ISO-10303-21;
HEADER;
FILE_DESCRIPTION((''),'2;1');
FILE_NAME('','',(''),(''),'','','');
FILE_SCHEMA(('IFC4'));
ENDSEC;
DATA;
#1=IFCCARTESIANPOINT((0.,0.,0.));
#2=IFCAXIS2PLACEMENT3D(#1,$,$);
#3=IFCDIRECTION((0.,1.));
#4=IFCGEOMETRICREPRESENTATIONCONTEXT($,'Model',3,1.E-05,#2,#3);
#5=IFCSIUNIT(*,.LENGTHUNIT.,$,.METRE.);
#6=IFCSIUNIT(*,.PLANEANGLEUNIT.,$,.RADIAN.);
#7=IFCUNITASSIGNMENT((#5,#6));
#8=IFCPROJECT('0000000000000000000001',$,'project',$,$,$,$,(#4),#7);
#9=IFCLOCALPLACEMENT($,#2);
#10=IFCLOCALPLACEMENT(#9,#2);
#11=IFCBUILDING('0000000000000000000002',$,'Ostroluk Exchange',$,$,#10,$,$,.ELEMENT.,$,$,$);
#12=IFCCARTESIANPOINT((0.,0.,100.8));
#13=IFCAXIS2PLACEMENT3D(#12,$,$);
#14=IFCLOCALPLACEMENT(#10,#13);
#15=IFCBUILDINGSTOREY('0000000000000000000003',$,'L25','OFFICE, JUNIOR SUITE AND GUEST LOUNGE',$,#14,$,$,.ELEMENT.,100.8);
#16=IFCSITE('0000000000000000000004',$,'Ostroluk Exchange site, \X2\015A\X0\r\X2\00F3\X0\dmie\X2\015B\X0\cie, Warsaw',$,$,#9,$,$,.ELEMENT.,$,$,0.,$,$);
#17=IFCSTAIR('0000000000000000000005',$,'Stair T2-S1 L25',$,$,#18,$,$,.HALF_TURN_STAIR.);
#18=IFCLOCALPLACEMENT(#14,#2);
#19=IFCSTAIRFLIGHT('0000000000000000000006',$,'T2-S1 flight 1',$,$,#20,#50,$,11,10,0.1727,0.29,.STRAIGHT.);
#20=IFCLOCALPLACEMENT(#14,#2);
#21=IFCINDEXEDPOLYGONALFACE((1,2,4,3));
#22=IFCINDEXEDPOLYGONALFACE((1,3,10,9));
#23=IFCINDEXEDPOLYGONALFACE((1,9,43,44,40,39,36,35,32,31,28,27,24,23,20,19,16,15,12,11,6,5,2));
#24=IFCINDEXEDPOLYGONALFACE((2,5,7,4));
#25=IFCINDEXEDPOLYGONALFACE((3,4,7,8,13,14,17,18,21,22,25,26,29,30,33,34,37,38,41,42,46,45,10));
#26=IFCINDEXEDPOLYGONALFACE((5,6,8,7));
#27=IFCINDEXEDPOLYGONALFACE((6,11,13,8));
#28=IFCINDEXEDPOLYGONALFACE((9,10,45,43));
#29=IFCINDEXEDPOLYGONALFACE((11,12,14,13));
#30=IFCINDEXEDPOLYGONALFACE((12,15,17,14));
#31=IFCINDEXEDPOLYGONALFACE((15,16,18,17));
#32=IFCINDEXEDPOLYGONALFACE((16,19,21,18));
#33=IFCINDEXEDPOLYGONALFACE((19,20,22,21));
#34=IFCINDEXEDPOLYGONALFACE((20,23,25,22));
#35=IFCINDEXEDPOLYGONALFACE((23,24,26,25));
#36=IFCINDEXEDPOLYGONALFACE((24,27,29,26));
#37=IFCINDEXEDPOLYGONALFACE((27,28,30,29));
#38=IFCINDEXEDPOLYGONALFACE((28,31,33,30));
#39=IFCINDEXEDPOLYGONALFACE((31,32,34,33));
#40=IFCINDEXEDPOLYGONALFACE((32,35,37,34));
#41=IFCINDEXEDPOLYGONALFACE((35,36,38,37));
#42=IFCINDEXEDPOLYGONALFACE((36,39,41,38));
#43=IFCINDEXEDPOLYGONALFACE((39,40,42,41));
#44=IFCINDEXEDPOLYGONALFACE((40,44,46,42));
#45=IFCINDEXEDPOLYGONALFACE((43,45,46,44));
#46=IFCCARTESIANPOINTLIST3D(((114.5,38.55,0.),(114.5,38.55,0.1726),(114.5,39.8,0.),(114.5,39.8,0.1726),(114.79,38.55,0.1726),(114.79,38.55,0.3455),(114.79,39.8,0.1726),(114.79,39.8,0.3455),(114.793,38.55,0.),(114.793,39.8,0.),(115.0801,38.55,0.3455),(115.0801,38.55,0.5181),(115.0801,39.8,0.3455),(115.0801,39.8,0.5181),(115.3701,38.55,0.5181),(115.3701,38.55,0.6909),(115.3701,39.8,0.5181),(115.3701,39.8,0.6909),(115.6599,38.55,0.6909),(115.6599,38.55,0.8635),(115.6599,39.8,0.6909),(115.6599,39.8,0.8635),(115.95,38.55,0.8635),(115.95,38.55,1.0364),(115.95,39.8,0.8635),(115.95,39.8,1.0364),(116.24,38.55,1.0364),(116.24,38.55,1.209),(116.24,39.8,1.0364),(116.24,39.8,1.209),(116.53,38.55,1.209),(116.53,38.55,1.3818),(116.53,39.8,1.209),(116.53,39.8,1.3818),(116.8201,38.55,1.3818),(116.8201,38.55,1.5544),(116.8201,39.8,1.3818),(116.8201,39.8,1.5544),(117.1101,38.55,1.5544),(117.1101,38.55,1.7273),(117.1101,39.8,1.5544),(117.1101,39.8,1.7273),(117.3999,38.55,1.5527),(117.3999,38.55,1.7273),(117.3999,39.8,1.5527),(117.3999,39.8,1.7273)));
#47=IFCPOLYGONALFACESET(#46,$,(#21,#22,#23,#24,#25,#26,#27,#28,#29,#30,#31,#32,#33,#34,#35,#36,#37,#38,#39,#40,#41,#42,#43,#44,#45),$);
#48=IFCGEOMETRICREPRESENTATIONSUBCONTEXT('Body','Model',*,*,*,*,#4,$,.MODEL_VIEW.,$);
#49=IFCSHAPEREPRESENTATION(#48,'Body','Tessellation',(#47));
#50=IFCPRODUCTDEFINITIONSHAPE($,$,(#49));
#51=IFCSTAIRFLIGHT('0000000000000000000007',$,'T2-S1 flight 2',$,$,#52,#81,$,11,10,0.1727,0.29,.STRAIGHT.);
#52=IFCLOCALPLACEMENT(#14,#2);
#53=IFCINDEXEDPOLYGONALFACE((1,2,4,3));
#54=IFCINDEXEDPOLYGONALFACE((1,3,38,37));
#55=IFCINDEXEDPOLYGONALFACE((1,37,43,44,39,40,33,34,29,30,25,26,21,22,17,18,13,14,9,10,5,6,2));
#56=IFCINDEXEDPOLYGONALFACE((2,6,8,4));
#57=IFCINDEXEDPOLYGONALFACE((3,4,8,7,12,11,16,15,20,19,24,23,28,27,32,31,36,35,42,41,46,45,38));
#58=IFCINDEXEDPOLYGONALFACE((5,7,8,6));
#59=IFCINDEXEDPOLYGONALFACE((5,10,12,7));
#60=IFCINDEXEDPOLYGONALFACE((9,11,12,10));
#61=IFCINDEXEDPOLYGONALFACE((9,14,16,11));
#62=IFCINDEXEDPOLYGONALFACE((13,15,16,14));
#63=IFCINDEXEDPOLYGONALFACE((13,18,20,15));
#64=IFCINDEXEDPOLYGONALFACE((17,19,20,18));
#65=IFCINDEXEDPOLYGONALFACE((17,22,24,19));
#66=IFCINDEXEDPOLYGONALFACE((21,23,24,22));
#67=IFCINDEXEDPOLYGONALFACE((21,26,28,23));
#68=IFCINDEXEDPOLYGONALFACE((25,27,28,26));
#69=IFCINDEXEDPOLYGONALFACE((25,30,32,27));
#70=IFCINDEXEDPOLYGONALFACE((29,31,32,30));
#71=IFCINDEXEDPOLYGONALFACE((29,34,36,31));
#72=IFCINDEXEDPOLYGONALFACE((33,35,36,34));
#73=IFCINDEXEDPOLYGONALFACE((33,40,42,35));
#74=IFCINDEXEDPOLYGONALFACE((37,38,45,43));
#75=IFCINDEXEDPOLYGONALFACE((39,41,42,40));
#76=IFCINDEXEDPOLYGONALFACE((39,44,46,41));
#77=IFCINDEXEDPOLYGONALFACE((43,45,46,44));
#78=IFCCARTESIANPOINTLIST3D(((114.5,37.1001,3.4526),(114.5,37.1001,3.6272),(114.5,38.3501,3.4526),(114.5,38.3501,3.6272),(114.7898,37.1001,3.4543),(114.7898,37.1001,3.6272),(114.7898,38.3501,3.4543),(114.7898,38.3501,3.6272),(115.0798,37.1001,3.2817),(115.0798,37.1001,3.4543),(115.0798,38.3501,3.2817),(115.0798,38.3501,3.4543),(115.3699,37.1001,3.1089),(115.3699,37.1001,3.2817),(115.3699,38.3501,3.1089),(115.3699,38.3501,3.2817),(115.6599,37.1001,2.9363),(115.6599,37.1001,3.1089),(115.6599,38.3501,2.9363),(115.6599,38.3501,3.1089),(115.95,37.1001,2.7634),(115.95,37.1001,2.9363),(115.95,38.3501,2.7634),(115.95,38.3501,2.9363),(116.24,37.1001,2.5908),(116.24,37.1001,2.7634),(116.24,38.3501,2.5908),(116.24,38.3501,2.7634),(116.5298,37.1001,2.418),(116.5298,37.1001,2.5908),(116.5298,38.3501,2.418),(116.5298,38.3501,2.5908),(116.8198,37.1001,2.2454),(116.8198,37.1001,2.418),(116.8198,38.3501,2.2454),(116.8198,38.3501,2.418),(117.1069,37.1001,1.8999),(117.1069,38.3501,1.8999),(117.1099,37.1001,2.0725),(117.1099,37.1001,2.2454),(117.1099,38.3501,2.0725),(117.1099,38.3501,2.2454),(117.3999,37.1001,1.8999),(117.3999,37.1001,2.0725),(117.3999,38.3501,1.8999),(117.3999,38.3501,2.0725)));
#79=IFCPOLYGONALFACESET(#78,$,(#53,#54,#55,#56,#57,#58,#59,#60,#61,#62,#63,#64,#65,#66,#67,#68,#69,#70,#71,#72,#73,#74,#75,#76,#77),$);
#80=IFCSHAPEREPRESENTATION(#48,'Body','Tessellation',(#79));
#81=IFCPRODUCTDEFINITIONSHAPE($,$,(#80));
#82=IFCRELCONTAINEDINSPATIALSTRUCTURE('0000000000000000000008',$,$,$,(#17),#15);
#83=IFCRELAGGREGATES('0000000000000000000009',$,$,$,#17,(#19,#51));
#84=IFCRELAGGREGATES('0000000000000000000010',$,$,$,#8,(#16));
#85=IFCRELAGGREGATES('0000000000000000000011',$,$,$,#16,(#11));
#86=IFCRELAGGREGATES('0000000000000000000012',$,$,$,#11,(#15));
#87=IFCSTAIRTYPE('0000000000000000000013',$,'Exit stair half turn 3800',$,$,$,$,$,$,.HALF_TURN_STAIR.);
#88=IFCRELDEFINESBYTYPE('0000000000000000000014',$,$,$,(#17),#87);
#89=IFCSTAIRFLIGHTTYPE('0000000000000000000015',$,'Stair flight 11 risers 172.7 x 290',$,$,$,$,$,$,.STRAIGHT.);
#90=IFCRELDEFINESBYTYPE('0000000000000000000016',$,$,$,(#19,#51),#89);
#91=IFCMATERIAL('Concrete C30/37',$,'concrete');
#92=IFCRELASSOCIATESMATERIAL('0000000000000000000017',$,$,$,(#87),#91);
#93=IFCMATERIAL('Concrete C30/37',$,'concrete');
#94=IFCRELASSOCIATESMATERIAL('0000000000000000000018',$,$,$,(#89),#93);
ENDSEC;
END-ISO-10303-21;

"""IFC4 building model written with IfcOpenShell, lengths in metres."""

from ifc_helpers import new_model, si_unit, direction, frame, origin, place, context, subcontext, project, spatial, polyline, outline, extrude, material, type_object, element, aggregate, save


model = new_model("IFC4")

# Units and contexts
model_context = context("Model", 3, precision=1e-05, world=origin(), true_north=direction((0.0, 1.0)))
body_context = subcontext(model_context, "Body", "Model", "MODEL_VIEW")
ifc_project = project(units=[si_unit("LENGTHUNIT", "METRE"), si_unit("PLANEANGLEUNIT", "RADIAN")], contexts=[model_context])

# Site, building, storey
site_placement = place(None, origin())
site = spatial("IfcSite", under=ifc_project, at=site_placement, Name="Ostroluk Exchange site, Śródmieście, Warsaw", CompositionType="ELEMENT", RefElevation=0.0)
building_placement = place(site_placement, origin())
building = spatial("IfcBuilding", under=site, at=building_placement, Name="Ostroluk Exchange", CompositionType="ELEMENT")
storey_placement = place(building_placement, frame((0.0, 0.0, 100.8)))
storey = spatial("IfcBuildingStorey", under=building, at=storey_placement, Name="L25", Description="OFFICE, JUNIOR SUITE AND GUEST LOUNGE", CompositionType="ELEMENT", Elevation=100.8)

# Stair, stair flights
ifc_material_1 = material(Name="Concrete C30/37", Category="concrete")
stair_type = type_object("IfcStairType", Name="Exit stair half turn 3800", PredefinedType="HALF_TURN_STAIR", material=ifc_material_1)
stair_placement = place(storey_placement, origin())
stair = element("IfcStair", 1, at=stair_placement, inside=storey, type_object=stair_type, Name="Stair T2-S1 L25", PredefinedType="HALF_TURN_STAIR")
ifc_material_2 = material(Name="Concrete C30/37", Category="concrete")
stair_flight_type = type_object("IfcStairFlightType", Name="Stair flight 11 risers 172.7 x 290", PredefinedType="STRAIGHT", material=ifc_material_2)
stair_flight_1_placement = place(storey_placement, frame((114.5, 39.175, 0.0), z_axis=(0.0, 0.0, 1.0), x_axis=(1.0, 0.0, 0.0)))
stair_flight_1 = element("IfcStairFlight", 2, at=stair_flight_1_placement, type_object=stair_flight_type, Name="T2-S1 flight 1", NumberOfRisers=11, NumberOfTreads=10, PredefinedType="STRAIGHT", RiserHeight=0.1727, TreadLength=0.29, context=body_context, shape_type="SweptSolid", body=[
    extrude(outline(polyline([(0.0, 0.0), (0.0, 0.1726), (0.29, 0.1726), (0.29, 0.3455), (0.5801, 0.3455), (0.5801, 0.5181), (0.8701, 0.5181), (0.8701, 0.6909), (1.1599, 0.6909), (1.1599, 0.8635), (1.45, 0.8635), (1.45, 1.0364), (1.74, 1.0364), (1.74, 1.209), (2.03, 1.209), (2.03, 1.3818), (2.3201, 1.3818), (2.3201, 1.5544), (2.6101, 1.5544), (2.6101, 1.7273), (2.8999, 1.7273), (2.8999, 1.8999), (2.8999, 1.5527), (0.293, 0.0), (0.0, 0.0)])), frame((0.0, 0.625, 0.0), z_axis=(0.0, -1.0, 0.0), x_axis=(1.0, 0.0, 0.0)), (0.0, 0.0, 1.0), 1.25),
])
stair_flight_2_placement = place(storey_placement, frame((117.3999, 37.7251, 1.8999), z_axis=(0.0, 0.0, 1.0), x_axis=(-1.0, 0.0, 0.0)))
stair_flight_2 = element("IfcStairFlight", 3, at=stair_flight_2_placement, type_object=stair_flight_type, Name="T2-S1 flight 2", NumberOfRisers=11, NumberOfTreads=10, PredefinedType="STRAIGHT", RiserHeight=0.1727, TreadLength=0.29, context=body_context, shape_type="SweptSolid", body=[
    extrude(outline(polyline([(0.0, 0.0), (0.0, 0.1726), (0.29, 0.1726), (0.29, 0.3455), (0.5801, 0.3455), (0.5801, 0.5181), (0.8701, 0.5181), (0.8701, 0.6909), (1.1599, 0.6909), (1.1599, 0.8635), (1.45, 0.8635), (1.45, 1.0364), (1.74, 1.0364), (1.74, 1.209), (2.03, 1.209), (2.03, 1.3818), (2.3201, 1.3818), (2.3201, 1.5544), (2.6101, 1.5544), (2.6101, 1.7273), (2.8999, 1.7273), (2.8999, 1.8999), (2.8999, 1.5527), (0.293, 0.0), (0.0, 0.0)])), frame((0.0, 0.625, 0.0), z_axis=(0.0, -1.0, 0.0), x_axis=(1.0, 0.0, 0.0)), (0.0, 0.0, 1.0), 1.25),
])
aggregate(stair, [stair_flight_1, stair_flight_2])

save(model, "model.ifc")
